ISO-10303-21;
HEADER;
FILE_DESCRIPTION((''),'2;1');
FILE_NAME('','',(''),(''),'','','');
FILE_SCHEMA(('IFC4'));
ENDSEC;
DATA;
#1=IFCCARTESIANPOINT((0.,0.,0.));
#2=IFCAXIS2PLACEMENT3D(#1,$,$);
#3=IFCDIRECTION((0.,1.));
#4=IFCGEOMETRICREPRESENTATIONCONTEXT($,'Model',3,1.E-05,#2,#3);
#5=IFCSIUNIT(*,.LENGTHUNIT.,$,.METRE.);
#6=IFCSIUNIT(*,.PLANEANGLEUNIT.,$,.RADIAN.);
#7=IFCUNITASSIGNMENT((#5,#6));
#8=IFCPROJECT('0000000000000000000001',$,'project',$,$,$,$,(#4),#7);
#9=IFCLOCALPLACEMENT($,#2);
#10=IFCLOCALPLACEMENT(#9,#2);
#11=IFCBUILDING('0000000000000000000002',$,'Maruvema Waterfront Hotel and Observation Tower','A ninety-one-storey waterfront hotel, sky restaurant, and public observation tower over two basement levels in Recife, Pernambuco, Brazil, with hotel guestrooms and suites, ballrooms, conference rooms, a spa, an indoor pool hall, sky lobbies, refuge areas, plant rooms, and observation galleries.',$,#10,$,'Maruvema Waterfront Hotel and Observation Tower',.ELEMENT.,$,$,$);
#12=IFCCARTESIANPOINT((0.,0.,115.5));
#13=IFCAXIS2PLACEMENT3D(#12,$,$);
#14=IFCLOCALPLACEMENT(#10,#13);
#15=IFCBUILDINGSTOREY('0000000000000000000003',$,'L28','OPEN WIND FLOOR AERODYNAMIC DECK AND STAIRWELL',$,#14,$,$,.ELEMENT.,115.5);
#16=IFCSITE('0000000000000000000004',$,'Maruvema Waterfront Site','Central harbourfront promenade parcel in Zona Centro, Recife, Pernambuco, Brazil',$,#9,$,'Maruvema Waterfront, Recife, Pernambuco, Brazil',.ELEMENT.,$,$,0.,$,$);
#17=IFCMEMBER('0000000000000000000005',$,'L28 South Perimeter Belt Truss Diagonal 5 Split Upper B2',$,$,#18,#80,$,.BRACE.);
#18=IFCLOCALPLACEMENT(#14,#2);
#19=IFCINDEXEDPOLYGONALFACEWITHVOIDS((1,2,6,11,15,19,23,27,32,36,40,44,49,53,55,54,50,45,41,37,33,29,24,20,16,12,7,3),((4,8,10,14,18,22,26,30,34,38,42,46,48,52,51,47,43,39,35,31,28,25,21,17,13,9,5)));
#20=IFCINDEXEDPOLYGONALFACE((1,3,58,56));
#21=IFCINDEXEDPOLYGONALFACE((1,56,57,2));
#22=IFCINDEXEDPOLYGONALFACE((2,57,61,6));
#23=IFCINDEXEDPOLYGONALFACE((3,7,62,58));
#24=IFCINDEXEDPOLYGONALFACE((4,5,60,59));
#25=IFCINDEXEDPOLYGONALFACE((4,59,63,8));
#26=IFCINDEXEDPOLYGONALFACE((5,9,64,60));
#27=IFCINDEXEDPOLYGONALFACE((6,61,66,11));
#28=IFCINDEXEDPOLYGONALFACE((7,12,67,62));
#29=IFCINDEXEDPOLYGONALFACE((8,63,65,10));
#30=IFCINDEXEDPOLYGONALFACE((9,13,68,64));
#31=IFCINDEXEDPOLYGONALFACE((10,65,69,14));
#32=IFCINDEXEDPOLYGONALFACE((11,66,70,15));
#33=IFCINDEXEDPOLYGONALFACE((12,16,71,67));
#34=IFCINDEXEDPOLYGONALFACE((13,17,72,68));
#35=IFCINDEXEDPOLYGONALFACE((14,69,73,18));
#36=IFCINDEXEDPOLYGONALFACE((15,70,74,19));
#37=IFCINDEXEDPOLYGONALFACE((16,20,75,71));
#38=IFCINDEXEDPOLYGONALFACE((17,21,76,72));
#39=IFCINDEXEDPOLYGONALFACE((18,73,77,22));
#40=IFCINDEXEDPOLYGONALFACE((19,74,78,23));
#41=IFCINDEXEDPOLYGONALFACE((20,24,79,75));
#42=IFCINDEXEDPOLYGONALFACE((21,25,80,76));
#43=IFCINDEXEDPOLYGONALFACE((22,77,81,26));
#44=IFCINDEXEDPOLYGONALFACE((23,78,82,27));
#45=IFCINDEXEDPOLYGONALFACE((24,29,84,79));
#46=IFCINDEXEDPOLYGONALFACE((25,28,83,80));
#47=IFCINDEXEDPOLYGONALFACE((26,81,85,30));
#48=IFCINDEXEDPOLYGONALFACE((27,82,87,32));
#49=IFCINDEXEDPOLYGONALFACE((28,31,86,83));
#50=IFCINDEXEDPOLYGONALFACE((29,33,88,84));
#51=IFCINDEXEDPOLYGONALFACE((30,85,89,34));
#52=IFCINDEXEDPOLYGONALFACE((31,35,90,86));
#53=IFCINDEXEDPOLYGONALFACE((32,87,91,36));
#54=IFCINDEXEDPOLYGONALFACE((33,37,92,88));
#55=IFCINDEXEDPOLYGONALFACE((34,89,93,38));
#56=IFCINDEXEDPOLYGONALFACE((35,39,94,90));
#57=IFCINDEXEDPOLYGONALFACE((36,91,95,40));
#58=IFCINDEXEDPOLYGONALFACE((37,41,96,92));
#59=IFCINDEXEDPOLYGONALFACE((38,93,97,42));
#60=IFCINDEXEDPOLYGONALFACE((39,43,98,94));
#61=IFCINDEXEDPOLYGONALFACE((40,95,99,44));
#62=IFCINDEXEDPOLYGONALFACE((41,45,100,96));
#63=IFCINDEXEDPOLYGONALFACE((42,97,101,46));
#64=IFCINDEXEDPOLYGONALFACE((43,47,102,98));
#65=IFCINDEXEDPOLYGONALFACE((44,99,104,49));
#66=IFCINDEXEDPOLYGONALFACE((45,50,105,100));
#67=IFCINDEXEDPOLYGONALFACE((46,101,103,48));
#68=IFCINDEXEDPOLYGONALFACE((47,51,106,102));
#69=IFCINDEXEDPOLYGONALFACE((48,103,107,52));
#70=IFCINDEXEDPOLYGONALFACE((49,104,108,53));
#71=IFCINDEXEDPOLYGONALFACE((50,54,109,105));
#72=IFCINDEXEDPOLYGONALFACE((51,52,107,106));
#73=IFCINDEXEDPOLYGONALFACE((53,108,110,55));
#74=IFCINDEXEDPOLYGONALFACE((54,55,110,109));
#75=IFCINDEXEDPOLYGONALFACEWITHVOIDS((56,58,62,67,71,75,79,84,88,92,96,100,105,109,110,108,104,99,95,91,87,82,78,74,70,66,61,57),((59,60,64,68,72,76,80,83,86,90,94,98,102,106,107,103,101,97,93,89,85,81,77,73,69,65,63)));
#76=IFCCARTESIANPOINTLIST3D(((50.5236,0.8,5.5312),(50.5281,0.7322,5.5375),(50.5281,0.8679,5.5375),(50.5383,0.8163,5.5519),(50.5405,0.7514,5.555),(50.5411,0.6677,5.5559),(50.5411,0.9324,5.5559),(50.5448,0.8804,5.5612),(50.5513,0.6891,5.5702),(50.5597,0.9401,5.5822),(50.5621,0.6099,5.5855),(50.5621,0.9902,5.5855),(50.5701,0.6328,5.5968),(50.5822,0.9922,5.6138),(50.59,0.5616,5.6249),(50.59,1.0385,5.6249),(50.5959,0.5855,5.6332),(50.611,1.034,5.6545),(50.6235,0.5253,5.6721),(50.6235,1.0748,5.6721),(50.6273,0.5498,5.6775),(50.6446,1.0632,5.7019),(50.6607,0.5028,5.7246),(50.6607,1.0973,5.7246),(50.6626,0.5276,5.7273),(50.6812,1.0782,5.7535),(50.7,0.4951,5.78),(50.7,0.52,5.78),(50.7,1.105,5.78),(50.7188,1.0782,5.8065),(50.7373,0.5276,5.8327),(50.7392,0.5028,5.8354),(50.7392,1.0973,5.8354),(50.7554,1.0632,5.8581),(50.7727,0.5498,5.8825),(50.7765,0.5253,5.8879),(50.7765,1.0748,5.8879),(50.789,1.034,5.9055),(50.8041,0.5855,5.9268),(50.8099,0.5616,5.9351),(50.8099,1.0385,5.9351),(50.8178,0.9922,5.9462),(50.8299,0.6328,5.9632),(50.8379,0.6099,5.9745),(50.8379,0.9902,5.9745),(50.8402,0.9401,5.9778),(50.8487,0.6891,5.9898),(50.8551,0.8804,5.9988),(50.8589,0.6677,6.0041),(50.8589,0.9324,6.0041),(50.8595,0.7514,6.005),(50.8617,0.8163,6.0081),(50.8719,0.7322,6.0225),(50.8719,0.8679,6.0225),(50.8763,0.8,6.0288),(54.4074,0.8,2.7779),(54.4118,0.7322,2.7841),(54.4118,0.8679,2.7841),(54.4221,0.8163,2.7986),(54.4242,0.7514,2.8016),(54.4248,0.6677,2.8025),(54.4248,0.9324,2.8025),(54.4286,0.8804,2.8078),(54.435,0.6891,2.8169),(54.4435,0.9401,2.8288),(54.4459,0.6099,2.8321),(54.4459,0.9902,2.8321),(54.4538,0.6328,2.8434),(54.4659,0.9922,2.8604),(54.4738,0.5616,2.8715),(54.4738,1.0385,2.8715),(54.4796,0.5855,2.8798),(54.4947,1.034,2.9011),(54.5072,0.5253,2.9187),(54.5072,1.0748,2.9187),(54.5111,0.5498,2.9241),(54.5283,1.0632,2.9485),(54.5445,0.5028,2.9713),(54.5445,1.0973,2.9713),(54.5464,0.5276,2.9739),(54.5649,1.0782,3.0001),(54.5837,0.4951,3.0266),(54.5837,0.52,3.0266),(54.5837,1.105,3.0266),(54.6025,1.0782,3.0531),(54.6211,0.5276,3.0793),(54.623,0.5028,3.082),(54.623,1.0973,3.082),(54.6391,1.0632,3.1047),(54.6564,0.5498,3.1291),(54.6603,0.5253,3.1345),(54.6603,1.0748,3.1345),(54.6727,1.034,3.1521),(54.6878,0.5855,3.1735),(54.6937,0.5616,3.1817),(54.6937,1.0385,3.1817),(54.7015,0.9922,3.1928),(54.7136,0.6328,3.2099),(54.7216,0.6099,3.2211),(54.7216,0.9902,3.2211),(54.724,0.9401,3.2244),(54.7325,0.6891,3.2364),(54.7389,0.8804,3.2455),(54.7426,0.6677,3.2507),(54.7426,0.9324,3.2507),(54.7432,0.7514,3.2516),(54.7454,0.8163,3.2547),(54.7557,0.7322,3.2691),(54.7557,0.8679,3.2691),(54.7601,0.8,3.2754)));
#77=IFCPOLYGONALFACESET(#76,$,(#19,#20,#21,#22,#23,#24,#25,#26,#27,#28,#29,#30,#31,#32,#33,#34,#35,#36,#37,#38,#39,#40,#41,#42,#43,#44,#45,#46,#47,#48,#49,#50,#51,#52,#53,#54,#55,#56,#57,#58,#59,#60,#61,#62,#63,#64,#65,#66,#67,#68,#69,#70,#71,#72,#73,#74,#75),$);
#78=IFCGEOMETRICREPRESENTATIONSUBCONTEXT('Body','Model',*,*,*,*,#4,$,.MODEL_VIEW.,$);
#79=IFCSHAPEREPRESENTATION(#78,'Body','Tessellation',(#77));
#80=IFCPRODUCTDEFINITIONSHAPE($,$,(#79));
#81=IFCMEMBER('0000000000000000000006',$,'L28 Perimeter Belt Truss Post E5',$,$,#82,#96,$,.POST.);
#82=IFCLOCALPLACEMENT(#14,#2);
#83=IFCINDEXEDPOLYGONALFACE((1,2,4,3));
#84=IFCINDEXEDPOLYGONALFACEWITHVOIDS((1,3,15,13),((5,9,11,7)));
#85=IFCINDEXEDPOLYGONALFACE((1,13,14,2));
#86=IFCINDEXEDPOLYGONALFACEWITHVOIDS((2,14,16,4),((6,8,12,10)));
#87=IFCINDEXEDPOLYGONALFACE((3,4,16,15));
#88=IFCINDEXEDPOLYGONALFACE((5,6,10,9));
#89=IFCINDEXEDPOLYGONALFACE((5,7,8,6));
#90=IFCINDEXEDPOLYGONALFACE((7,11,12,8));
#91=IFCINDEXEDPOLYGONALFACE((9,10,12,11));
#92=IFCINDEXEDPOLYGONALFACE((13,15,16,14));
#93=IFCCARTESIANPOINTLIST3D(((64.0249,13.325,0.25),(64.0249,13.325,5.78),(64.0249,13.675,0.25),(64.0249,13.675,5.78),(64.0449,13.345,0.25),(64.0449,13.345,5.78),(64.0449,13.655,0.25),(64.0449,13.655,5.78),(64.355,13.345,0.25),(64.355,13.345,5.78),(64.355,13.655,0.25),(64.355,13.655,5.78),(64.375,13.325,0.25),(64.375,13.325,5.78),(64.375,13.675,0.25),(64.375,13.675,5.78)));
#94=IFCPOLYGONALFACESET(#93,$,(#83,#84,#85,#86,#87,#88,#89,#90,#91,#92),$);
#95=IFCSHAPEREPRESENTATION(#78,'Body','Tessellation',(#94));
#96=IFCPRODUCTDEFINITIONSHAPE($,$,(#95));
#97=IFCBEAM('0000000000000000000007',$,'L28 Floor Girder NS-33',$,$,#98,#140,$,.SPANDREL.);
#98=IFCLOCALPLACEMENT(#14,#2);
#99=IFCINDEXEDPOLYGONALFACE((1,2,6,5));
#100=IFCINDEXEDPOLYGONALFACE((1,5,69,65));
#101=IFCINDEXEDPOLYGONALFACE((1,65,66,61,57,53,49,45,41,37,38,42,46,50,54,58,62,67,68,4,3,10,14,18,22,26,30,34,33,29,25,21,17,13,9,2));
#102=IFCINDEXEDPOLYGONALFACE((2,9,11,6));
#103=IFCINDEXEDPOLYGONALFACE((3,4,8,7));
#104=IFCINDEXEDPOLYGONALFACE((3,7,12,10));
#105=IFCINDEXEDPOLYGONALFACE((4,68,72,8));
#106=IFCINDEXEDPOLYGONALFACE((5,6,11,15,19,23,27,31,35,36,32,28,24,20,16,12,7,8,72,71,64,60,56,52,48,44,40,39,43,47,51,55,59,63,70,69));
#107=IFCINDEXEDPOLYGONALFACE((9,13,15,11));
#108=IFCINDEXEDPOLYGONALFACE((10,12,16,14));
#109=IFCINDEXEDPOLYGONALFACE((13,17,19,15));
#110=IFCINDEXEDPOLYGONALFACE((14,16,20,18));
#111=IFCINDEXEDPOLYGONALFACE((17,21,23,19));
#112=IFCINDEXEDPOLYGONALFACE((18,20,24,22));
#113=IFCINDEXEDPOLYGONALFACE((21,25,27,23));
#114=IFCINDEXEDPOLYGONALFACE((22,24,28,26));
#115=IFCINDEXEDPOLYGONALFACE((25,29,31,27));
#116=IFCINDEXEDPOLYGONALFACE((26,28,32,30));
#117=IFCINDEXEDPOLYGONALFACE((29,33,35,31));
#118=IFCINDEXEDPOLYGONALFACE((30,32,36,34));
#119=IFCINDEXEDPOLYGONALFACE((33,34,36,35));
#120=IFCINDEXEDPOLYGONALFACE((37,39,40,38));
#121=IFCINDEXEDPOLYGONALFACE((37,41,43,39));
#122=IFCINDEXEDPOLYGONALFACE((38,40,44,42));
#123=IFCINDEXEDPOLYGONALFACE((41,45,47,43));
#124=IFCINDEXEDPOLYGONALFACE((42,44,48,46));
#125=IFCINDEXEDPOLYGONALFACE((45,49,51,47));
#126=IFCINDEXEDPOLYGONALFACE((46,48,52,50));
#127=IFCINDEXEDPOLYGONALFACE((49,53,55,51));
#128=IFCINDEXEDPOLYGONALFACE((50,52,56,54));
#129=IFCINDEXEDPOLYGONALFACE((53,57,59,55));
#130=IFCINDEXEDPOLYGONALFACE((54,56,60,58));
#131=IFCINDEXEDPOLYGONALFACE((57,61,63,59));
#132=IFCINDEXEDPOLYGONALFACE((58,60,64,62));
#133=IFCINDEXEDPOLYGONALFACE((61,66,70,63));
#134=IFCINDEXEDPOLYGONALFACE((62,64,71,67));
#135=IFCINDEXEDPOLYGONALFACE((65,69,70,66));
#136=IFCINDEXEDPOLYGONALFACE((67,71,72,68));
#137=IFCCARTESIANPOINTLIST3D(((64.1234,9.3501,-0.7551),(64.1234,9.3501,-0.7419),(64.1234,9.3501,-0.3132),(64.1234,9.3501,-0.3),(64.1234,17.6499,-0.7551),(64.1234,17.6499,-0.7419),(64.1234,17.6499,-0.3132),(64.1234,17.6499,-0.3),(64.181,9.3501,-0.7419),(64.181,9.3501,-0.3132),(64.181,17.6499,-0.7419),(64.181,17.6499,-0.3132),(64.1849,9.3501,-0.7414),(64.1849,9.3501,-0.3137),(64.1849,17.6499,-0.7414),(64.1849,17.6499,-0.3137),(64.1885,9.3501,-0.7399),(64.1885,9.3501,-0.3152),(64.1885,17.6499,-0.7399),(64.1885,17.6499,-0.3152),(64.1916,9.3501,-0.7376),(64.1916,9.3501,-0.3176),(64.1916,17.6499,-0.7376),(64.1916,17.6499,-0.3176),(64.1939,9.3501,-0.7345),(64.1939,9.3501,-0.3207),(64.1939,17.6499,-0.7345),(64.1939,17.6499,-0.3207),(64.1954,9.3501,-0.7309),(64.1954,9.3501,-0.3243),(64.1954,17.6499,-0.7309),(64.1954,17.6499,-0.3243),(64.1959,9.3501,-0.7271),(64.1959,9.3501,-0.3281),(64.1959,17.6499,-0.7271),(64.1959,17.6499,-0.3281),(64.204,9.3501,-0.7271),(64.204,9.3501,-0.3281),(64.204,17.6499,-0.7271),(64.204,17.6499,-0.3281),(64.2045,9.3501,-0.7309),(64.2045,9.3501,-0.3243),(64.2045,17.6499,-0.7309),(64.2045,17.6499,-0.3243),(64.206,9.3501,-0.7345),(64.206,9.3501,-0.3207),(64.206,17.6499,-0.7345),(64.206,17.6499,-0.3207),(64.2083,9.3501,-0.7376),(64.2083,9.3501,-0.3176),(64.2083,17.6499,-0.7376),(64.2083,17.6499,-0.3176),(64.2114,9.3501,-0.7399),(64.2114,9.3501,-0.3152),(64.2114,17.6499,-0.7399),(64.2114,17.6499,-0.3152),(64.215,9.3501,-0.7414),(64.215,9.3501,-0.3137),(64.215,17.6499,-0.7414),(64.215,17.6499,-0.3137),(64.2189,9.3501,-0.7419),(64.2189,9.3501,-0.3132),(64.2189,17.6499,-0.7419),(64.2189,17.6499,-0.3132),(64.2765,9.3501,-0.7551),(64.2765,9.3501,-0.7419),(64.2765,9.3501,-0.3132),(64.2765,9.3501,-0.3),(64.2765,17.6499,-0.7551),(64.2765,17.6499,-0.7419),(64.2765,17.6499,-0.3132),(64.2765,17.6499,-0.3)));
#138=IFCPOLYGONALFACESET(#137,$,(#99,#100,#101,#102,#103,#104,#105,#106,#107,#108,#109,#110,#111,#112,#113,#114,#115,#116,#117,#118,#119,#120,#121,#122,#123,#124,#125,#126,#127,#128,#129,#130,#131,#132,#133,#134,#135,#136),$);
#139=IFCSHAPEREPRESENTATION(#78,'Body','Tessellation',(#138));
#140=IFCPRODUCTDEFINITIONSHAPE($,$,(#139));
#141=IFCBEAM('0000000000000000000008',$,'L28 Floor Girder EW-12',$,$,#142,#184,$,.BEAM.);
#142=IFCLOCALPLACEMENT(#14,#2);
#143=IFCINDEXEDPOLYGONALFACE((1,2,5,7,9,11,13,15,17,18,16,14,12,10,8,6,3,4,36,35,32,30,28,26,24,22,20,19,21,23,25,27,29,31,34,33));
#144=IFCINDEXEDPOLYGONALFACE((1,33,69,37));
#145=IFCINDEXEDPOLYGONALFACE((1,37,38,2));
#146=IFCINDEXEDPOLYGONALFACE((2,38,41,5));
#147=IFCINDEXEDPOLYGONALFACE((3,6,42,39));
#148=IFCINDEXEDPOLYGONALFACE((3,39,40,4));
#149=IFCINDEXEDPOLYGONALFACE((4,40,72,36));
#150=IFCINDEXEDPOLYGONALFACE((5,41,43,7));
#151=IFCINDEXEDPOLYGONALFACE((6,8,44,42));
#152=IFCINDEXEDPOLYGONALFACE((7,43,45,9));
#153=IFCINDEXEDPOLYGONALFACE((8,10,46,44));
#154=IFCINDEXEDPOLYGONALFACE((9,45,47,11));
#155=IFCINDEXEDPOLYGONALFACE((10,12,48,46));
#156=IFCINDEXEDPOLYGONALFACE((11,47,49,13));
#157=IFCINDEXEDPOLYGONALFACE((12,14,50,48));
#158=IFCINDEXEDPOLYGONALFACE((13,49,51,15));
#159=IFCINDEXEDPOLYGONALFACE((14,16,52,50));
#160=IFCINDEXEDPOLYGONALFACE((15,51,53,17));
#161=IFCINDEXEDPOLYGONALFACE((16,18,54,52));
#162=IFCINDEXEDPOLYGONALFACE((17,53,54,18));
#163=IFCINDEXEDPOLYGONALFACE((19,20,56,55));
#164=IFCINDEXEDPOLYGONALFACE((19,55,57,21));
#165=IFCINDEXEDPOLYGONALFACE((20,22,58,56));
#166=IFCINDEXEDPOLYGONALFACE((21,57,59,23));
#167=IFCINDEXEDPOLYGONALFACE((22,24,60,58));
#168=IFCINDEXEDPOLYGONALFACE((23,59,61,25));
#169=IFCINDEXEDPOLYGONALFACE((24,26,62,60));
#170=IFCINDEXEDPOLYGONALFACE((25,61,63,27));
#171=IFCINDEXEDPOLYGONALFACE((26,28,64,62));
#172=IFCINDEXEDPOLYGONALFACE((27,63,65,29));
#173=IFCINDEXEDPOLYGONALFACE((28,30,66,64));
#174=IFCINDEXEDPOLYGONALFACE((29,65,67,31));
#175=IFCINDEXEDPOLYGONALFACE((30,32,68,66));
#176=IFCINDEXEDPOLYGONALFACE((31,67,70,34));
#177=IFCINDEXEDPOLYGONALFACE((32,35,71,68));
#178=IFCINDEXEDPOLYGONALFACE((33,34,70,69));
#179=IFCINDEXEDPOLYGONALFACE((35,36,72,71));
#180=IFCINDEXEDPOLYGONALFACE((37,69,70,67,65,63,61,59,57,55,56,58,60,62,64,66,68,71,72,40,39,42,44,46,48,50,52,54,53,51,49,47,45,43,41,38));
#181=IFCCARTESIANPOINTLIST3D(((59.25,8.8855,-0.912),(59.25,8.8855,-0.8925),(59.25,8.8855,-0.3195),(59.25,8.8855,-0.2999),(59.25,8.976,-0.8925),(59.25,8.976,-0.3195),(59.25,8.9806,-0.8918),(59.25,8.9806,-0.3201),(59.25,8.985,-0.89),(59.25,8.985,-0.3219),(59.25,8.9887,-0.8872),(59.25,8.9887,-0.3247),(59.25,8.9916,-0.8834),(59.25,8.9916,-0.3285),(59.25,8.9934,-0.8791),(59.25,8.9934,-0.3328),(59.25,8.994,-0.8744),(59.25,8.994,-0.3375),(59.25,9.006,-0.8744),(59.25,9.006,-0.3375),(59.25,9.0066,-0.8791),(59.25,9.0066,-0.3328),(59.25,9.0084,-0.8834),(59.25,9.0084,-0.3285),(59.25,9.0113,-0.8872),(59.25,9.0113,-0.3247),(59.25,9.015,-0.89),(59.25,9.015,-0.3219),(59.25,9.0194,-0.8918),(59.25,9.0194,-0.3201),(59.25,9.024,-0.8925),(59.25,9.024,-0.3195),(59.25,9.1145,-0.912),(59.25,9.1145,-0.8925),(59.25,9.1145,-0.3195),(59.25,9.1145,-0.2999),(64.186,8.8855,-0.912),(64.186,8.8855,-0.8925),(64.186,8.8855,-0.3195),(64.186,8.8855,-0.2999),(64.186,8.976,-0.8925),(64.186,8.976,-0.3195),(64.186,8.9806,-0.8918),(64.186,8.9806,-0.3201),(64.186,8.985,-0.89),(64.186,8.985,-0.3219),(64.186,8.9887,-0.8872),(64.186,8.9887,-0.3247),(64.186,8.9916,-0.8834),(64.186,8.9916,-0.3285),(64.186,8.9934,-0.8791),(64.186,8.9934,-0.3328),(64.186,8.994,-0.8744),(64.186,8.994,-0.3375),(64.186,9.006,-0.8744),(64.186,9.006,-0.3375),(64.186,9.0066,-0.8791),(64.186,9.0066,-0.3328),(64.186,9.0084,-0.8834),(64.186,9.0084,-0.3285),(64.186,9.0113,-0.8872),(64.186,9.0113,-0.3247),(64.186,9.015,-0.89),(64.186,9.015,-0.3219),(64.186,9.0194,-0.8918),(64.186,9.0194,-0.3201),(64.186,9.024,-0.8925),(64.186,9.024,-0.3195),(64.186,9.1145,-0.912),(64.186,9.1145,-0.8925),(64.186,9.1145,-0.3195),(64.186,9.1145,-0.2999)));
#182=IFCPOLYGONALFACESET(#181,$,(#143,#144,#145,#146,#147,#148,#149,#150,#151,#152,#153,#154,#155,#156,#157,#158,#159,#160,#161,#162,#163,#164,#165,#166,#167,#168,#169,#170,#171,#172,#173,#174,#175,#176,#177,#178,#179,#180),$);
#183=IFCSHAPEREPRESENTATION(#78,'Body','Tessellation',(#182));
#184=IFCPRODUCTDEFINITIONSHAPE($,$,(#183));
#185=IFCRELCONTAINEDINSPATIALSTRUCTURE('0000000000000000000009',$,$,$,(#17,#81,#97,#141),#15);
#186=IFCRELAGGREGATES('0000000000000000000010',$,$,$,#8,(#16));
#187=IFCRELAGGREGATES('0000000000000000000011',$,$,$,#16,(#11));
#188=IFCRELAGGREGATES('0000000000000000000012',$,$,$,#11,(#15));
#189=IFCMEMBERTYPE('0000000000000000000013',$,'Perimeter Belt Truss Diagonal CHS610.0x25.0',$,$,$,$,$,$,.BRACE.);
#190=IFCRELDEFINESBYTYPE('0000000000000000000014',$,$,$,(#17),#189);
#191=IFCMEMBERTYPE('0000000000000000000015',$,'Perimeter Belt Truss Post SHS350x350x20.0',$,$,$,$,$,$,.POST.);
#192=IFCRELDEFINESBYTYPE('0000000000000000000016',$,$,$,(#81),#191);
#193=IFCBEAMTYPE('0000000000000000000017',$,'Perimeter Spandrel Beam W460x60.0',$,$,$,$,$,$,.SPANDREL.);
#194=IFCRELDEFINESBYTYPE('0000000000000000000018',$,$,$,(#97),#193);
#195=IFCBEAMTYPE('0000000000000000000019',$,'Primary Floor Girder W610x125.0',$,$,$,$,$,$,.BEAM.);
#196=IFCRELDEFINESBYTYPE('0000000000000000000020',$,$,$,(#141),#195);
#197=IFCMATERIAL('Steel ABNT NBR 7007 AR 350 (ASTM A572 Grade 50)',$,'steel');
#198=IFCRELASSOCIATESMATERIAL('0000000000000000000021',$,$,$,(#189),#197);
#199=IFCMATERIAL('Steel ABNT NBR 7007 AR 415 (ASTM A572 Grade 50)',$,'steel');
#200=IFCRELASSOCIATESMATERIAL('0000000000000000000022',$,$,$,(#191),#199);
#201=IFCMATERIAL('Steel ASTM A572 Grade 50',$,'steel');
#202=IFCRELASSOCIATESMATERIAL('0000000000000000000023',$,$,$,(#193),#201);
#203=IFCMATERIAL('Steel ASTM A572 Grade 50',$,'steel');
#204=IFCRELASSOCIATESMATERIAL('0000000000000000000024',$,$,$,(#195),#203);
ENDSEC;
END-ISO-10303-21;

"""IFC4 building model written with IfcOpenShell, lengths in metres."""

from ifc_helpers import new_model, si_unit, direction, frame, origin, origin_2d, place, context, subcontext, project, spatial, hollow_rectangle, hollow_circle, i_section, extrude, material, material_profile, profile_set, type_object, element, save


model = new_model("IFC4")

# Units and contexts
model_context = context("Model", 3, precision=1e-05, world=origin(), true_north=direction((0.0, 1.0)))
body_context = subcontext(model_context, "Body", "Model", "MODEL_VIEW")
ifc_project = project(units=[si_unit("LENGTHUNIT", "METRE"), si_unit("PLANEANGLEUNIT", "RADIAN")], contexts=[model_context])

# Site, building, storey
site_placement = place(None, origin())
site = spatial("IfcSite", under=ifc_project, at=site_placement, Name="Maruvema Waterfront Site", Description="Central harbourfront promenade parcel in Zona Centro, Recife, Pernambuco, Brazil", LongName="Maruvema Waterfront, Recife, Pernambuco, Brazil", CompositionType="ELEMENT", RefElevation=0.0)
building_placement = place(site_placement, origin())
building = spatial("IfcBuilding", under=site, at=building_placement, Name="Maruvema Waterfront Hotel and Observation Tower", Description="A ninety-one-storey waterfront hotel, sky restaurant, and public observation tower over two basement levels in Recife, Pernambuco, Brazil, with hotel guestrooms and suites, ballrooms, conference rooms, a spa, an indoor pool hall, sky lobbies, refuge areas, plant rooms, and observation galleries.", LongName="Maruvema Waterfront Hotel and Observation Tower", CompositionType="ELEMENT")
storey_placement = place(building_placement, frame((0.0, 0.0, 115.5)))
storey = spatial("IfcBuildingStorey", under=building, at=storey_placement, Name="L28", Description="OPEN WIND FLOOR AERODYNAMIC DECK AND STAIRWELL", CompositionType="ELEMENT", Elevation=115.5)

# Members
ifc_material_1 = material(Name="Steel ABNT NBR 7007 AR 350 (ASTM A572 Grade 50)", Category="steel")
ifc_material_profile_1 = material_profile(ifc_material_1, hollow_circle(Radius=0.3049, WallThickness=0.0249, at=origin_2d()), Name="CHS610.0x25.0")
ifc_profile_set_1 = profile_set([ifc_material_profile_1], Name="Steel ABNT NBR 7007 AR 350 (ASTM A572 Grade 50)")
member_type_1 = type_object("IfcMemberType", Name="Perimeter Belt Truss Diagonal CHS610.0x25.0", PredefinedType="BRACE", material=ifc_profile_set_1)
for number, where, z_axis, x_axis, name in (
    (1, (54.5837, 0.8, 3.0266), (-0.815787, 0.0, 0.578353), (0.0, -1.0, 0.0), "L28 South Perimeter Belt Truss Diagonal 5 Split Upper B2"),
):
    element("IfcMember", number, at=place(storey_placement, frame(where, z_axis=z_axis, x_axis=x_axis)), inside=storey, type_object=member_type_1, Name=name, PredefinedType="BRACE", context=body_context, shape_type="SweptSolid", body=[
        extrude(hollow_circle(Radius=0.3049, WallThickness=0.0249, at=origin_2d()), origin(), (0.0, 0.0, 1.0), 4.7607),
    ])
ifc_material_2 = material(Name="Steel ABNT NBR 7007 AR 415 (ASTM A572 Grade 50)", Category="steel")
ifc_material_profile_2 = material_profile(ifc_material_2, hollow_rectangle(XDim=0.3501, YDim=0.3501, WallThickness=0.02, at=origin_2d()), Name="SHS350x350x20.0")
ifc_profile_set_2 = profile_set([ifc_material_profile_2], Name="Steel ABNT NBR 7007 AR 415 (ASTM A572 Grade 50)")
member_type_2 = type_object("IfcMemberType", Name="Perimeter Belt Truss Post SHS350x350x20.0", PredefinedType="POST", material=ifc_profile_set_2)
member_1_placement = place(storey_placement, frame((64.2, 13.5, 0.25), z_axis=(0.0, 0.0, 1.0), x_axis=(1.0, 0.0, 0.0)))
element("IfcMember", 2, at=member_1_placement, inside=storey, type_object=member_type_2, Name="L28 Perimeter Belt Truss Post E5", PredefinedType="POST", context=body_context, shape_type="SweptSolid", body=[
    extrude(hollow_rectangle(XDim=0.3501, YDim=0.3501, WallThickness=0.02, at=origin_2d()), origin(), (0.0, 0.0, 1.0), 5.53),
])

# Beams
ifc_material_3 = material(Name="Steel ASTM A572 Grade 50", Category="steel")
ifc_material_profile_3 = material_profile(ifc_material_3, i_section(OverallWidth=0.1531, OverallDepth=0.4551, WebThickness=0.0081, FlangeThickness=0.0132, FilletRadius=0.0149, at=origin_2d()), Name="W460x60.0")
ifc_profile_set_3 = profile_set([ifc_material_profile_3], Name="Steel ASTM A572 Grade 50")
beam_type_1 = type_object("IfcBeamType", Name="Perimeter Spandrel Beam W460x60.0", PredefinedType="SPANDREL", material=ifc_profile_set_3)
beam_1_placement = place(storey_placement, frame((64.2, 9.3501, -0.5276), z_axis=(0.0, 1.0, 0.0), x_axis=(-1.0, 0.0, 0.0)))
element("IfcBeam", 3, at=beam_1_placement, inside=storey, type_object=beam_type_1, Name="L28 Floor Girder NS-33", PredefinedType="SPANDREL", context=body_context, shape_type="SweptSolid", body=[
    extrude(i_section(OverallWidth=0.1531, OverallDepth=0.4551, WebThickness=0.0081, FlangeThickness=0.0132, FilletRadius=0.0149, at=origin_2d()), origin(), (0.0, 0.0, 1.0), 8.2998),
])
ifc_material_4 = material(Name="Steel ASTM A572 Grade 50", Category="steel")
ifc_material_profile_4 = material_profile(ifc_material_4, i_section(OverallWidth=0.229, OverallDepth=0.6121, WebThickness=0.012, FlangeThickness=0.0195, FilletRadius=0.0181, at=origin_2d()), Name="W610x125.0")
ifc_profile_set_4 = profile_set([ifc_material_profile_4], Name="Steel ASTM A572 Grade 50")
beam_type_2 = type_object("IfcBeamType", Name="Primary Floor Girder W610x125.0", PredefinedType="BEAM", material=ifc_profile_set_4)
beam_2_placement = place(storey_placement, frame((59.25, 9.0, -0.606), z_axis=(1.0, 0.0, 0.0), x_axis=(0.0, 1.0, 0.0)))
element("IfcBeam", 4, at=beam_2_placement, inside=storey, type_object=beam_type_2, Name="L28 Floor Girder EW-12", PredefinedType="BEAM", context=body_context, shape_type="SweptSolid", body=[
    extrude(i_section(OverallWidth=0.229, OverallDepth=0.6121, WebThickness=0.012, FlangeThickness=0.0195, FilletRadius=0.0181, at=origin_2d()), origin(), (0.0, 0.0, 1.0), 4.936),
])

save(model, "model.ifc")
